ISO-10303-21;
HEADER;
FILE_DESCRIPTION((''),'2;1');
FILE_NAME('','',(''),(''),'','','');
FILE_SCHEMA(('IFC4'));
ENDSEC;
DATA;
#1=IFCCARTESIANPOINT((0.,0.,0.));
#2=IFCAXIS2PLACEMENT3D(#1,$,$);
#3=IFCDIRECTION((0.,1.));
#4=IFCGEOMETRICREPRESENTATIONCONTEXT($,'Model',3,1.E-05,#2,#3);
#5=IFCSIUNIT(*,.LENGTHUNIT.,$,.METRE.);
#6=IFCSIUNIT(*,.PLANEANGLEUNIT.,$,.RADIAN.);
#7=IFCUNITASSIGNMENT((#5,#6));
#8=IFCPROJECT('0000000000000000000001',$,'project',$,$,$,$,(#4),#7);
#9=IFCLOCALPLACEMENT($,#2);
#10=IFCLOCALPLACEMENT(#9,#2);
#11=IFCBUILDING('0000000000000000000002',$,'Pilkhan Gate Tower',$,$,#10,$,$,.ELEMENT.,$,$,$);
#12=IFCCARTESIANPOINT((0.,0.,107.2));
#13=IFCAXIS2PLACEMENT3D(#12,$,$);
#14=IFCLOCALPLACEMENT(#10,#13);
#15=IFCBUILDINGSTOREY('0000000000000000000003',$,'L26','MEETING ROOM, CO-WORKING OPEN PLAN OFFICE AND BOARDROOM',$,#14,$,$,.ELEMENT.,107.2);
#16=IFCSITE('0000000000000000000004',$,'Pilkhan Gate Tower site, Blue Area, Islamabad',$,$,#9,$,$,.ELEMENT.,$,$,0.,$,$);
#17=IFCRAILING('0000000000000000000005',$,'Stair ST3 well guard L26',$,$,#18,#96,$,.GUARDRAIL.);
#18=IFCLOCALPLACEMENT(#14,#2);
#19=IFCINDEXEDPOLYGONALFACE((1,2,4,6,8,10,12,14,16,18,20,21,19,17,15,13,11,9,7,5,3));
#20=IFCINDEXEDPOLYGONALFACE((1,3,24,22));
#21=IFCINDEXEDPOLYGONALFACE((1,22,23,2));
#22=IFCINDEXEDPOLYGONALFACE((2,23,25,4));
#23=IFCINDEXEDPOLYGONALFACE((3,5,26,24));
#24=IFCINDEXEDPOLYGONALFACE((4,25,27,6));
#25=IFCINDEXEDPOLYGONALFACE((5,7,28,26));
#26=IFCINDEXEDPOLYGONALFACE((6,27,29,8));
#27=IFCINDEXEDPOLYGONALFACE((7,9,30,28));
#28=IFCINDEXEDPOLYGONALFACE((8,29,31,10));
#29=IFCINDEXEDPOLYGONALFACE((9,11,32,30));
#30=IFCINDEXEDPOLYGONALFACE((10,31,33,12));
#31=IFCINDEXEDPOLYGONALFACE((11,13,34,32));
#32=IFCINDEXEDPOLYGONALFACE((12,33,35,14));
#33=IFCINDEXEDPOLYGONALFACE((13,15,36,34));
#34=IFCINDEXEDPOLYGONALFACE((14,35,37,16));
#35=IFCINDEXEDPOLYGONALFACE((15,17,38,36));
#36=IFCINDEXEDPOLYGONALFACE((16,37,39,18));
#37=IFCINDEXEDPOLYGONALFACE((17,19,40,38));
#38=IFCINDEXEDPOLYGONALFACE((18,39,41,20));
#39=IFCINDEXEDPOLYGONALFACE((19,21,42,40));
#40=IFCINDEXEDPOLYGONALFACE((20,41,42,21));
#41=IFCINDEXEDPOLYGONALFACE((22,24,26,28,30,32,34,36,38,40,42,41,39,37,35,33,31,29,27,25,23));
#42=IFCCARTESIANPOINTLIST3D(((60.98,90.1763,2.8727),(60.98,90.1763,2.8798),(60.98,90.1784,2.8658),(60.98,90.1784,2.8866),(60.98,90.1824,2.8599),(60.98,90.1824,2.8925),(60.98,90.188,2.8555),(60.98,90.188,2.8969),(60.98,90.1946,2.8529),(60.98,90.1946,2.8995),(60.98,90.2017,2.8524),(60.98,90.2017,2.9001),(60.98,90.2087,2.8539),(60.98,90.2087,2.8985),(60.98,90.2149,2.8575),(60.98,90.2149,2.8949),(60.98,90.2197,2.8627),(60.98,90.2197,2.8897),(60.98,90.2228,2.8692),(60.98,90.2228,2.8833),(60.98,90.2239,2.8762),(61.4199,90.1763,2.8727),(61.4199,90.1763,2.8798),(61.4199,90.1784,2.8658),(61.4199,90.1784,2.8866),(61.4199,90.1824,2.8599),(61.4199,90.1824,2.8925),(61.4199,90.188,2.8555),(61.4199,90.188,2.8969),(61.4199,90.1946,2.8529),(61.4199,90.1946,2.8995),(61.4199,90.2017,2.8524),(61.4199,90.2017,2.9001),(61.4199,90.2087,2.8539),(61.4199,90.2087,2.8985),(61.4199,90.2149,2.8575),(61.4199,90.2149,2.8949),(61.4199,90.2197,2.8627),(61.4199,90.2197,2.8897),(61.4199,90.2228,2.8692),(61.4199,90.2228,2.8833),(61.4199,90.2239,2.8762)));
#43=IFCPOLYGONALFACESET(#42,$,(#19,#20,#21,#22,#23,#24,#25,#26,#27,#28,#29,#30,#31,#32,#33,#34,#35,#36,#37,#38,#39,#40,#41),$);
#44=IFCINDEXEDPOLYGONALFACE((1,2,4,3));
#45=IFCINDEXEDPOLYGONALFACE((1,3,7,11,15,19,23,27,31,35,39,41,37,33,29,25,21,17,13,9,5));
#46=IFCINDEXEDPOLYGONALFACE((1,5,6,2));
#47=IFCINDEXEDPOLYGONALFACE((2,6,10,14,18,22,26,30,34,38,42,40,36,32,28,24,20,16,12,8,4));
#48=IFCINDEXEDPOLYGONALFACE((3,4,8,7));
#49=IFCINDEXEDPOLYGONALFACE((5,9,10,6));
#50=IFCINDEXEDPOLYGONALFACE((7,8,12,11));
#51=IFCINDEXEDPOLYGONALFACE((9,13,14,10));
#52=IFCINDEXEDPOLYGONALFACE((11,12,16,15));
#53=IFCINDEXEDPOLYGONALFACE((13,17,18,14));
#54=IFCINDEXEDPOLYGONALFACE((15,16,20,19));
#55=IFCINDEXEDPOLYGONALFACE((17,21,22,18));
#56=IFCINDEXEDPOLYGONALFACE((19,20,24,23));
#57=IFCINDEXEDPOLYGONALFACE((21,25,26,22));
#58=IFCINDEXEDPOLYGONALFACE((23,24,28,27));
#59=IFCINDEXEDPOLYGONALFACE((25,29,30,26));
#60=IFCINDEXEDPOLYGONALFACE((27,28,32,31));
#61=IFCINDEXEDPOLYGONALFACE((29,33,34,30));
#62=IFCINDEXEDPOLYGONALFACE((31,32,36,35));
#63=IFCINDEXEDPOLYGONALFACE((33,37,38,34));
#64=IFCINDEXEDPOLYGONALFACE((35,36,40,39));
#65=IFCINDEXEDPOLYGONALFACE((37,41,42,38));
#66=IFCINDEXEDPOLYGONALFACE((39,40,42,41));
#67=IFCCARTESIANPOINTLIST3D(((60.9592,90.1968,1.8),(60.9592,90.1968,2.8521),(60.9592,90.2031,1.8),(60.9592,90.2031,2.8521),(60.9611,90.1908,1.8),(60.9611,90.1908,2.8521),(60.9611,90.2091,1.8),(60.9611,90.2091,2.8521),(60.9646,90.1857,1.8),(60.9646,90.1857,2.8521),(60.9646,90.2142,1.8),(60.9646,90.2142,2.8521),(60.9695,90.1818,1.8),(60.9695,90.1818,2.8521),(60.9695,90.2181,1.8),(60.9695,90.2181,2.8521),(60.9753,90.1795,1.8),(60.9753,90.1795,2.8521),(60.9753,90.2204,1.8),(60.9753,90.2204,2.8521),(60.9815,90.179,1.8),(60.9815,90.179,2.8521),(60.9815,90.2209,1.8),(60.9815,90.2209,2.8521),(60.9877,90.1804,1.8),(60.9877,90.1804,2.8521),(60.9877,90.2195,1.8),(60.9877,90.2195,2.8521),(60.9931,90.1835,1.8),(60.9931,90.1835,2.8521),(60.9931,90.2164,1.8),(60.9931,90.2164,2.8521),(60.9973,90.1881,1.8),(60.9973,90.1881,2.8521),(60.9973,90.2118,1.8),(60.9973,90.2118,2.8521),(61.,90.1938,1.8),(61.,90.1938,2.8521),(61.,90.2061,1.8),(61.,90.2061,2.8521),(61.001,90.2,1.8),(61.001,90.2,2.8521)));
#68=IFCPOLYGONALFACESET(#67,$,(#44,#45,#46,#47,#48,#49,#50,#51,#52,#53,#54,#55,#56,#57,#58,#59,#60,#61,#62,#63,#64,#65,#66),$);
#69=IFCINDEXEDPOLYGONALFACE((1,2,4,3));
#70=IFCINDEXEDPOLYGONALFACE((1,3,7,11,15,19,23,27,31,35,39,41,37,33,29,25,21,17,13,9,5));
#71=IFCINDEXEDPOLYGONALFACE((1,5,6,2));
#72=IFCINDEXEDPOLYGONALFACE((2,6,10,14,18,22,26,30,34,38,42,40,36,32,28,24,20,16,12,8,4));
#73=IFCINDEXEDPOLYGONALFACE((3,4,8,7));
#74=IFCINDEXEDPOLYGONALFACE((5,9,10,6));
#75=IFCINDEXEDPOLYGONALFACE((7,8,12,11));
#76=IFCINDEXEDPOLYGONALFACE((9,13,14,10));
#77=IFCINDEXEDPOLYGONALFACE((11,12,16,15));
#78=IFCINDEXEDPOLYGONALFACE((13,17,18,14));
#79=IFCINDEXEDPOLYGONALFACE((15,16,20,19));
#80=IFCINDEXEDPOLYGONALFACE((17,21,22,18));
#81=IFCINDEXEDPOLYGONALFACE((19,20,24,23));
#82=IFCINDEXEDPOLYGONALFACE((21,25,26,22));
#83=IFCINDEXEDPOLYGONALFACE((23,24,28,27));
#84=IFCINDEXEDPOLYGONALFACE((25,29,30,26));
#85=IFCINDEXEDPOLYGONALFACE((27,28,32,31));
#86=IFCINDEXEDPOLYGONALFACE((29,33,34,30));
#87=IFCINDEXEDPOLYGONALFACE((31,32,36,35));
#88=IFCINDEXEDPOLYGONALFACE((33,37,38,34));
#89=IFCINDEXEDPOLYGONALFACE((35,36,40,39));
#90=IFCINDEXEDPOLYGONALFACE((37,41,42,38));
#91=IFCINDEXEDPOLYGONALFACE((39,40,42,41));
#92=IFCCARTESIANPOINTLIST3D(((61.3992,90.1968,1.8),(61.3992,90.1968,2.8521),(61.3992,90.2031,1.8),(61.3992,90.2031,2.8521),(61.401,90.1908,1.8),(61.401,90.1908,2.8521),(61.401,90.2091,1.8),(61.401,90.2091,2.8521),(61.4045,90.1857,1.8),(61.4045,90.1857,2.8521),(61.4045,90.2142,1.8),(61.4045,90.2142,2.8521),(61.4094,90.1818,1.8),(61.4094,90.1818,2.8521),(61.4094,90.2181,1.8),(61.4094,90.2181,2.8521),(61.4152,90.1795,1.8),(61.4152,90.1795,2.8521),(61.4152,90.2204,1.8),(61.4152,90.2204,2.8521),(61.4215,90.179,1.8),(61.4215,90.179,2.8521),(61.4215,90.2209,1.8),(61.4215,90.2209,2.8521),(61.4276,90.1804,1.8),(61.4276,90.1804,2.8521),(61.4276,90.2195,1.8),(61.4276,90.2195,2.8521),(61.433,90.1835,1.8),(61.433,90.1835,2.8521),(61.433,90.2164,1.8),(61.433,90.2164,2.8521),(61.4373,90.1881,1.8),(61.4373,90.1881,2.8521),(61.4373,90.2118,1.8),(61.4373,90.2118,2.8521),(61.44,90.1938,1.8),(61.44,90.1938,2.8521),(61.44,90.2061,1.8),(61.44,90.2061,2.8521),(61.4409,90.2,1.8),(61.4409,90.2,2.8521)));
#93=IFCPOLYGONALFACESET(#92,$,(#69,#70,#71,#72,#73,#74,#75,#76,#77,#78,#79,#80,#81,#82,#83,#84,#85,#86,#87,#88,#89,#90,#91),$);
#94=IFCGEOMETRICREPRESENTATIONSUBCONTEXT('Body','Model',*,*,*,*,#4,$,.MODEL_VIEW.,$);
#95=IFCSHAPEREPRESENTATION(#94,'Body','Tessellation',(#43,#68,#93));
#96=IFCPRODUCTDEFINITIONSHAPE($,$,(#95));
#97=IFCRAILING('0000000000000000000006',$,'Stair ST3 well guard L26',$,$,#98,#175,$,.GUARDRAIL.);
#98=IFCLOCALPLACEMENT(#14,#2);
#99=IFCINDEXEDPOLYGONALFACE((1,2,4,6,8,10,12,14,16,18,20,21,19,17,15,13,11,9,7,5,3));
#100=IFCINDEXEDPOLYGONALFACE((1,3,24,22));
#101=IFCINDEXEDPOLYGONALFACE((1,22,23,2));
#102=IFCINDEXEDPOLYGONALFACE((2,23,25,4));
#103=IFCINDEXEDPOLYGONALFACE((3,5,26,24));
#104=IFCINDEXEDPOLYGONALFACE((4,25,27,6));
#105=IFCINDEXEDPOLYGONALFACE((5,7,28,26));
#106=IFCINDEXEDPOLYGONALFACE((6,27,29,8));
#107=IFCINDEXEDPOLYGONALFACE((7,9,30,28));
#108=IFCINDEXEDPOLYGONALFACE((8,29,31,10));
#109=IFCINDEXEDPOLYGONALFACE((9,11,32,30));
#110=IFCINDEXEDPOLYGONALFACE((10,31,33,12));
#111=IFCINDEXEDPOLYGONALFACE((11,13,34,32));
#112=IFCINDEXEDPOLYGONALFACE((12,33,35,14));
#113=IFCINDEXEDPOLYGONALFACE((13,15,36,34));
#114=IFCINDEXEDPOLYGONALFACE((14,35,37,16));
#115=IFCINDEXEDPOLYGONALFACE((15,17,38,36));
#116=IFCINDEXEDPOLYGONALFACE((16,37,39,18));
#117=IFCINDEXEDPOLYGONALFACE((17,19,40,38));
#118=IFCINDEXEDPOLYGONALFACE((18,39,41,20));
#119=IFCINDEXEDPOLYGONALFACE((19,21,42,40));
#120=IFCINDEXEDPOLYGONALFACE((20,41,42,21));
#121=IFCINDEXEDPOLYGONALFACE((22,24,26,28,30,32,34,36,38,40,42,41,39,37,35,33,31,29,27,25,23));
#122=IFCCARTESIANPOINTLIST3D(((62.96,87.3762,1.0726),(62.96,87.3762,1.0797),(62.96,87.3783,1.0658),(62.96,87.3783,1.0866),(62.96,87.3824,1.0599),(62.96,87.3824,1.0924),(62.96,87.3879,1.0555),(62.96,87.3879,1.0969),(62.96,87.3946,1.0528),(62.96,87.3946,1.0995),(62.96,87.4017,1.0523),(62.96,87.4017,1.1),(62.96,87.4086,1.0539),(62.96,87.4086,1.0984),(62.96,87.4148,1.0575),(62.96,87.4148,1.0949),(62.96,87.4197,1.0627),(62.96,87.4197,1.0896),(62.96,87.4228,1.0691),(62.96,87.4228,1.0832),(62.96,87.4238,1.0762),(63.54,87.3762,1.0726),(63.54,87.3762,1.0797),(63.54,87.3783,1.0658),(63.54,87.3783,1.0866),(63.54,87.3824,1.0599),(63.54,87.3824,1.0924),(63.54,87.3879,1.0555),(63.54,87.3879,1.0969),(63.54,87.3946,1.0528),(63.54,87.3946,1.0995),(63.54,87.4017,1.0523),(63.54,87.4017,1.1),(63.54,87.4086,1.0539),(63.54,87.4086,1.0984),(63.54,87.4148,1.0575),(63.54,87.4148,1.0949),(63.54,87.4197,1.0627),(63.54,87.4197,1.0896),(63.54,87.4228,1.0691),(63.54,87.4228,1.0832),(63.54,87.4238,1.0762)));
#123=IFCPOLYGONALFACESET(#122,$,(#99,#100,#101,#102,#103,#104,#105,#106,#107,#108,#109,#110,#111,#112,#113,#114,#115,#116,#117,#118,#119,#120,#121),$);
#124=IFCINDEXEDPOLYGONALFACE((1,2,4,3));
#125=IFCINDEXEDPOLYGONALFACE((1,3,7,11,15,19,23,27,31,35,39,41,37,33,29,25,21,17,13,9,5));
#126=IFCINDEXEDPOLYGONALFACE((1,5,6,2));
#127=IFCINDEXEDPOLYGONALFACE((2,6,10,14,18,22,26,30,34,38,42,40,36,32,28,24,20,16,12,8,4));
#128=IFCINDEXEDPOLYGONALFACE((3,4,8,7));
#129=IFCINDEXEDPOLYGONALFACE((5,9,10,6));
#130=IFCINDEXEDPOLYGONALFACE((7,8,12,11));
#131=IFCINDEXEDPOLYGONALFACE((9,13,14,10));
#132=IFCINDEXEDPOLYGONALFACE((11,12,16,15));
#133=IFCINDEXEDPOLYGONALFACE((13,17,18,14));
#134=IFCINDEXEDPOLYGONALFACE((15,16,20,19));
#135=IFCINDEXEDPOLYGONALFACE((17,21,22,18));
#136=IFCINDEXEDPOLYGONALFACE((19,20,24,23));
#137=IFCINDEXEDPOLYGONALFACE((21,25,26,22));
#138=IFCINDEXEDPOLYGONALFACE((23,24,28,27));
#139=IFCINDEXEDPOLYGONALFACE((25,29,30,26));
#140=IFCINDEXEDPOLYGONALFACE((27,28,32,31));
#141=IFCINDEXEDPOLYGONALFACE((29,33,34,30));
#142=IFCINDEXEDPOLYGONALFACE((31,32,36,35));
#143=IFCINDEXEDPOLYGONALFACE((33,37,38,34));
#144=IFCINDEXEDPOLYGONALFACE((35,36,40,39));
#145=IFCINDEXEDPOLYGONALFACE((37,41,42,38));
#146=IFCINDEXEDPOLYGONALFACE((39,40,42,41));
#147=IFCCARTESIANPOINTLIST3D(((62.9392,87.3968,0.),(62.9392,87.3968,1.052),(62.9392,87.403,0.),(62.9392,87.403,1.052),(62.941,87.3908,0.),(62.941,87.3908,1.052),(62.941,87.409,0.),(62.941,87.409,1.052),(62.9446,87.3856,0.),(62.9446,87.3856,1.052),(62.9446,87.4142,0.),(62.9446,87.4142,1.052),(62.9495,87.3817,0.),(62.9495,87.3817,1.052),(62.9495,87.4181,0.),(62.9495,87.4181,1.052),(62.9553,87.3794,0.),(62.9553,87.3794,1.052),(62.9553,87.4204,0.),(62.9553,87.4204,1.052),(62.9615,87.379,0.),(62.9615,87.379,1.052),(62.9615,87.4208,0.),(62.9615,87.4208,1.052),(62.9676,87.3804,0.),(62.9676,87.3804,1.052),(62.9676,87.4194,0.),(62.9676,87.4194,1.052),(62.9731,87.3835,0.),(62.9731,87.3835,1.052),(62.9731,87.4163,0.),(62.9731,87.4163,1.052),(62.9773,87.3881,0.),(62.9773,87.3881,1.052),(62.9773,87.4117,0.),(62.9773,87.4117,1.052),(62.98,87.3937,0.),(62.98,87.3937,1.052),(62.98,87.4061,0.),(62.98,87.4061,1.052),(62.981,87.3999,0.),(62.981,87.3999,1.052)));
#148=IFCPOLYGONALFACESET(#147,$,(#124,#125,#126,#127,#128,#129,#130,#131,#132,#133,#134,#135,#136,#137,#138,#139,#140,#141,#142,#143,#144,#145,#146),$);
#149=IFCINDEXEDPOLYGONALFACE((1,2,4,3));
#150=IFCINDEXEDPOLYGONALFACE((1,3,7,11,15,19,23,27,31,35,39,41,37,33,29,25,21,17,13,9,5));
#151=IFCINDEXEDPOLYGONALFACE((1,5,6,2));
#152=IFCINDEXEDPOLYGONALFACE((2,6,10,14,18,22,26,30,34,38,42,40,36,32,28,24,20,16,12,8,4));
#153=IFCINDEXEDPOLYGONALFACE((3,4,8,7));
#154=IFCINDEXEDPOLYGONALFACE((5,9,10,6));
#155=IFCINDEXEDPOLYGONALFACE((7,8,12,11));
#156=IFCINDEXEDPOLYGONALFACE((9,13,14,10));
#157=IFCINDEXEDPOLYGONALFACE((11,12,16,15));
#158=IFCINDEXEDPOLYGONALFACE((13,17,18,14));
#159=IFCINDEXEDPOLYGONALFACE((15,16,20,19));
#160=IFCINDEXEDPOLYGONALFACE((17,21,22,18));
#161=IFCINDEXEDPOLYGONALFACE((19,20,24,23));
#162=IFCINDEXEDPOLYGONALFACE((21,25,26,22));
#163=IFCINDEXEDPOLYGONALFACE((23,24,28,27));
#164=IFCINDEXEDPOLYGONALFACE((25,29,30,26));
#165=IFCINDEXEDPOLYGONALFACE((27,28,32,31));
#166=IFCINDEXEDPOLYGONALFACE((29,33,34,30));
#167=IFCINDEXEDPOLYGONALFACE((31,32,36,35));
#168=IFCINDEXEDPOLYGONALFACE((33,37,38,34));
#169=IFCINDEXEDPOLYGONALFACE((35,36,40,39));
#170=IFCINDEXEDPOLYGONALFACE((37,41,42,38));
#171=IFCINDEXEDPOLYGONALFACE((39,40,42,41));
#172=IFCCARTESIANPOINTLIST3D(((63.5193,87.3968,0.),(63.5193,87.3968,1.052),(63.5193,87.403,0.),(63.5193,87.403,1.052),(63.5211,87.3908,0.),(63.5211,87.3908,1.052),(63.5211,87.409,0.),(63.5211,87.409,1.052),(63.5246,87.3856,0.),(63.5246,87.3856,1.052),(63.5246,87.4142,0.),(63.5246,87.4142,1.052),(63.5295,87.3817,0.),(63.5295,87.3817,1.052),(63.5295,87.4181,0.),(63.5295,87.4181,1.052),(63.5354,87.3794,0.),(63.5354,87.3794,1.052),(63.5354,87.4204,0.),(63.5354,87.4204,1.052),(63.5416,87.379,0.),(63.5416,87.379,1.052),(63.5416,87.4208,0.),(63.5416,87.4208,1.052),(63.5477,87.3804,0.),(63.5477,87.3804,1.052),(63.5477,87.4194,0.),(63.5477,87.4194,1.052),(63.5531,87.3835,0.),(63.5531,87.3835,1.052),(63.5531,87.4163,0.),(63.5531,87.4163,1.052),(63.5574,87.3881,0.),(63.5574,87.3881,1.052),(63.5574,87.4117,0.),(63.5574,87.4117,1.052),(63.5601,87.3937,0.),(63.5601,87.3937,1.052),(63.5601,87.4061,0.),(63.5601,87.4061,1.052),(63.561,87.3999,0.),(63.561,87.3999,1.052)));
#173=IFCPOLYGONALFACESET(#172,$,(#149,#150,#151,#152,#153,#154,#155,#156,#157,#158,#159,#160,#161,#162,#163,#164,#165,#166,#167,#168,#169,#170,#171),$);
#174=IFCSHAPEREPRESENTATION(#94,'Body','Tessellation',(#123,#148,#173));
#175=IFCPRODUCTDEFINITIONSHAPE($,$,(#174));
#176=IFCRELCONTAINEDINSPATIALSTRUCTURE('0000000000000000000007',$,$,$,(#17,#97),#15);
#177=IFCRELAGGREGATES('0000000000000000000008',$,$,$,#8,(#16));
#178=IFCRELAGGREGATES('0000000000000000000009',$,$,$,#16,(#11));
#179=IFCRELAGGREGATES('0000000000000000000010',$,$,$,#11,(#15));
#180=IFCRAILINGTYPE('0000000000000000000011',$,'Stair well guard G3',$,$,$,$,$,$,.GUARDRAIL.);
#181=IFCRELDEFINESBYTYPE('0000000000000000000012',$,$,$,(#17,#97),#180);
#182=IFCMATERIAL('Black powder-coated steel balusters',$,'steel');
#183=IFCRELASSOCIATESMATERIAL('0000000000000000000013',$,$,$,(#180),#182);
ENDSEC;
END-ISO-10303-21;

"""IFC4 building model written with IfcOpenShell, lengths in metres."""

from ifc_helpers import new_model, si_unit, direction, frame, origin, origin_2d, place, context, subcontext, project, spatial, circle, extrude, material, type_object, element, save


model = new_model("IFC4")

# Units and contexts
model_context = context("Model", 3, precision=1e-05, world=origin(), true_north=direction((0.0, 1.0)))
body_context = subcontext(model_context, "Body", "Model", "MODEL_VIEW")
ifc_project = project(units=[si_unit("LENGTHUNIT", "METRE"), si_unit("PLANEANGLEUNIT", "RADIAN")], contexts=[model_context])

# Site, building, storey
site_placement = place(None, origin())
site = spatial("IfcSite", under=ifc_project, at=site_placement, Name="Pilkhan Gate Tower site, Blue Area, Islamabad", CompositionType="ELEMENT", RefElevation=0.0)
building_placement = place(site_placement, origin())
building = spatial("IfcBuilding", under=site, at=building_placement, Name="Pilkhan Gate Tower", CompositionType="ELEMENT")
storey_placement = place(building_placement, frame((0.0, 0.0, 107.2)))
storey = spatial("IfcBuildingStorey", under=building, at=storey_placement, Name="L26", Description="MEETING ROOM, CO-WORKING OPEN PLAN OFFICE AND BOARDROOM", CompositionType="ELEMENT", Elevation=107.2)

# Railings
ifc_material_1 = material(Name="Black powder-coated steel balusters", Category="steel")
railing_type_1 = type_object("IfcRailingType", Name="Stair well guard G3", PredefinedType="GUARDRAIL", material=ifc_material_1)
railing_1_placement = place(storey_placement, frame((60.98, 90.2, 1.8)))
element("IfcRailing", 1, at=railing_1_placement, inside=storey, type_object=railing_type_1, Name="Stair ST3 well guard L26", PredefinedType="GUARDRAIL", context=body_context, shape_type="SweptSolid", body=[
    extrude(circle(Radius=0.0239, at=origin_2d()), frame((0.0, 0.0, 1.0762), z_axis=(1.0, 0.0, 0.0), x_axis=(0.0, 1.0, 0.0)), (0.0, 0.0, 1.0), 0.4399),
    extrude(circle(Radius=0.021, at=origin_2d()), origin(), (0.0, 0.0, 1.0), 1.052),
    extrude(circle(Radius=0.021, at=origin_2d()), frame((0.4399, 0.0, 0.0)), (0.0, 0.0, 1.0), 1.052),
])
for number, where, name in (
    (2, (62.96, 87.3999, 0.0), "Stair ST3 well guard L26"),
):
    element("IfcRailing", number, at=place(storey_placement, frame(where)), inside=storey, type_object=railing_type_1, Name=name, PredefinedType="GUARDRAIL", context=body_context, shape_type="SweptSolid", body=[
        extrude(circle(Radius=0.0239, at=origin_2d()), frame((0.0, 0.0, 1.0762), z_axis=(1.0, 0.0, 0.0), x_axis=(0.0, 1.0, 0.0)), (0.0, 0.0, 1.0), 0.5801),
        extrude(circle(Radius=0.021, at=origin_2d()), origin(), (0.0, 0.0, 1.0), 1.052),
        extrude(circle(Radius=0.021, at=origin_2d()), frame((0.5801, 0.0, 0.0)), (0.0, 0.0, 1.0), 1.052),
    ])

save(model, "model.ifc")
